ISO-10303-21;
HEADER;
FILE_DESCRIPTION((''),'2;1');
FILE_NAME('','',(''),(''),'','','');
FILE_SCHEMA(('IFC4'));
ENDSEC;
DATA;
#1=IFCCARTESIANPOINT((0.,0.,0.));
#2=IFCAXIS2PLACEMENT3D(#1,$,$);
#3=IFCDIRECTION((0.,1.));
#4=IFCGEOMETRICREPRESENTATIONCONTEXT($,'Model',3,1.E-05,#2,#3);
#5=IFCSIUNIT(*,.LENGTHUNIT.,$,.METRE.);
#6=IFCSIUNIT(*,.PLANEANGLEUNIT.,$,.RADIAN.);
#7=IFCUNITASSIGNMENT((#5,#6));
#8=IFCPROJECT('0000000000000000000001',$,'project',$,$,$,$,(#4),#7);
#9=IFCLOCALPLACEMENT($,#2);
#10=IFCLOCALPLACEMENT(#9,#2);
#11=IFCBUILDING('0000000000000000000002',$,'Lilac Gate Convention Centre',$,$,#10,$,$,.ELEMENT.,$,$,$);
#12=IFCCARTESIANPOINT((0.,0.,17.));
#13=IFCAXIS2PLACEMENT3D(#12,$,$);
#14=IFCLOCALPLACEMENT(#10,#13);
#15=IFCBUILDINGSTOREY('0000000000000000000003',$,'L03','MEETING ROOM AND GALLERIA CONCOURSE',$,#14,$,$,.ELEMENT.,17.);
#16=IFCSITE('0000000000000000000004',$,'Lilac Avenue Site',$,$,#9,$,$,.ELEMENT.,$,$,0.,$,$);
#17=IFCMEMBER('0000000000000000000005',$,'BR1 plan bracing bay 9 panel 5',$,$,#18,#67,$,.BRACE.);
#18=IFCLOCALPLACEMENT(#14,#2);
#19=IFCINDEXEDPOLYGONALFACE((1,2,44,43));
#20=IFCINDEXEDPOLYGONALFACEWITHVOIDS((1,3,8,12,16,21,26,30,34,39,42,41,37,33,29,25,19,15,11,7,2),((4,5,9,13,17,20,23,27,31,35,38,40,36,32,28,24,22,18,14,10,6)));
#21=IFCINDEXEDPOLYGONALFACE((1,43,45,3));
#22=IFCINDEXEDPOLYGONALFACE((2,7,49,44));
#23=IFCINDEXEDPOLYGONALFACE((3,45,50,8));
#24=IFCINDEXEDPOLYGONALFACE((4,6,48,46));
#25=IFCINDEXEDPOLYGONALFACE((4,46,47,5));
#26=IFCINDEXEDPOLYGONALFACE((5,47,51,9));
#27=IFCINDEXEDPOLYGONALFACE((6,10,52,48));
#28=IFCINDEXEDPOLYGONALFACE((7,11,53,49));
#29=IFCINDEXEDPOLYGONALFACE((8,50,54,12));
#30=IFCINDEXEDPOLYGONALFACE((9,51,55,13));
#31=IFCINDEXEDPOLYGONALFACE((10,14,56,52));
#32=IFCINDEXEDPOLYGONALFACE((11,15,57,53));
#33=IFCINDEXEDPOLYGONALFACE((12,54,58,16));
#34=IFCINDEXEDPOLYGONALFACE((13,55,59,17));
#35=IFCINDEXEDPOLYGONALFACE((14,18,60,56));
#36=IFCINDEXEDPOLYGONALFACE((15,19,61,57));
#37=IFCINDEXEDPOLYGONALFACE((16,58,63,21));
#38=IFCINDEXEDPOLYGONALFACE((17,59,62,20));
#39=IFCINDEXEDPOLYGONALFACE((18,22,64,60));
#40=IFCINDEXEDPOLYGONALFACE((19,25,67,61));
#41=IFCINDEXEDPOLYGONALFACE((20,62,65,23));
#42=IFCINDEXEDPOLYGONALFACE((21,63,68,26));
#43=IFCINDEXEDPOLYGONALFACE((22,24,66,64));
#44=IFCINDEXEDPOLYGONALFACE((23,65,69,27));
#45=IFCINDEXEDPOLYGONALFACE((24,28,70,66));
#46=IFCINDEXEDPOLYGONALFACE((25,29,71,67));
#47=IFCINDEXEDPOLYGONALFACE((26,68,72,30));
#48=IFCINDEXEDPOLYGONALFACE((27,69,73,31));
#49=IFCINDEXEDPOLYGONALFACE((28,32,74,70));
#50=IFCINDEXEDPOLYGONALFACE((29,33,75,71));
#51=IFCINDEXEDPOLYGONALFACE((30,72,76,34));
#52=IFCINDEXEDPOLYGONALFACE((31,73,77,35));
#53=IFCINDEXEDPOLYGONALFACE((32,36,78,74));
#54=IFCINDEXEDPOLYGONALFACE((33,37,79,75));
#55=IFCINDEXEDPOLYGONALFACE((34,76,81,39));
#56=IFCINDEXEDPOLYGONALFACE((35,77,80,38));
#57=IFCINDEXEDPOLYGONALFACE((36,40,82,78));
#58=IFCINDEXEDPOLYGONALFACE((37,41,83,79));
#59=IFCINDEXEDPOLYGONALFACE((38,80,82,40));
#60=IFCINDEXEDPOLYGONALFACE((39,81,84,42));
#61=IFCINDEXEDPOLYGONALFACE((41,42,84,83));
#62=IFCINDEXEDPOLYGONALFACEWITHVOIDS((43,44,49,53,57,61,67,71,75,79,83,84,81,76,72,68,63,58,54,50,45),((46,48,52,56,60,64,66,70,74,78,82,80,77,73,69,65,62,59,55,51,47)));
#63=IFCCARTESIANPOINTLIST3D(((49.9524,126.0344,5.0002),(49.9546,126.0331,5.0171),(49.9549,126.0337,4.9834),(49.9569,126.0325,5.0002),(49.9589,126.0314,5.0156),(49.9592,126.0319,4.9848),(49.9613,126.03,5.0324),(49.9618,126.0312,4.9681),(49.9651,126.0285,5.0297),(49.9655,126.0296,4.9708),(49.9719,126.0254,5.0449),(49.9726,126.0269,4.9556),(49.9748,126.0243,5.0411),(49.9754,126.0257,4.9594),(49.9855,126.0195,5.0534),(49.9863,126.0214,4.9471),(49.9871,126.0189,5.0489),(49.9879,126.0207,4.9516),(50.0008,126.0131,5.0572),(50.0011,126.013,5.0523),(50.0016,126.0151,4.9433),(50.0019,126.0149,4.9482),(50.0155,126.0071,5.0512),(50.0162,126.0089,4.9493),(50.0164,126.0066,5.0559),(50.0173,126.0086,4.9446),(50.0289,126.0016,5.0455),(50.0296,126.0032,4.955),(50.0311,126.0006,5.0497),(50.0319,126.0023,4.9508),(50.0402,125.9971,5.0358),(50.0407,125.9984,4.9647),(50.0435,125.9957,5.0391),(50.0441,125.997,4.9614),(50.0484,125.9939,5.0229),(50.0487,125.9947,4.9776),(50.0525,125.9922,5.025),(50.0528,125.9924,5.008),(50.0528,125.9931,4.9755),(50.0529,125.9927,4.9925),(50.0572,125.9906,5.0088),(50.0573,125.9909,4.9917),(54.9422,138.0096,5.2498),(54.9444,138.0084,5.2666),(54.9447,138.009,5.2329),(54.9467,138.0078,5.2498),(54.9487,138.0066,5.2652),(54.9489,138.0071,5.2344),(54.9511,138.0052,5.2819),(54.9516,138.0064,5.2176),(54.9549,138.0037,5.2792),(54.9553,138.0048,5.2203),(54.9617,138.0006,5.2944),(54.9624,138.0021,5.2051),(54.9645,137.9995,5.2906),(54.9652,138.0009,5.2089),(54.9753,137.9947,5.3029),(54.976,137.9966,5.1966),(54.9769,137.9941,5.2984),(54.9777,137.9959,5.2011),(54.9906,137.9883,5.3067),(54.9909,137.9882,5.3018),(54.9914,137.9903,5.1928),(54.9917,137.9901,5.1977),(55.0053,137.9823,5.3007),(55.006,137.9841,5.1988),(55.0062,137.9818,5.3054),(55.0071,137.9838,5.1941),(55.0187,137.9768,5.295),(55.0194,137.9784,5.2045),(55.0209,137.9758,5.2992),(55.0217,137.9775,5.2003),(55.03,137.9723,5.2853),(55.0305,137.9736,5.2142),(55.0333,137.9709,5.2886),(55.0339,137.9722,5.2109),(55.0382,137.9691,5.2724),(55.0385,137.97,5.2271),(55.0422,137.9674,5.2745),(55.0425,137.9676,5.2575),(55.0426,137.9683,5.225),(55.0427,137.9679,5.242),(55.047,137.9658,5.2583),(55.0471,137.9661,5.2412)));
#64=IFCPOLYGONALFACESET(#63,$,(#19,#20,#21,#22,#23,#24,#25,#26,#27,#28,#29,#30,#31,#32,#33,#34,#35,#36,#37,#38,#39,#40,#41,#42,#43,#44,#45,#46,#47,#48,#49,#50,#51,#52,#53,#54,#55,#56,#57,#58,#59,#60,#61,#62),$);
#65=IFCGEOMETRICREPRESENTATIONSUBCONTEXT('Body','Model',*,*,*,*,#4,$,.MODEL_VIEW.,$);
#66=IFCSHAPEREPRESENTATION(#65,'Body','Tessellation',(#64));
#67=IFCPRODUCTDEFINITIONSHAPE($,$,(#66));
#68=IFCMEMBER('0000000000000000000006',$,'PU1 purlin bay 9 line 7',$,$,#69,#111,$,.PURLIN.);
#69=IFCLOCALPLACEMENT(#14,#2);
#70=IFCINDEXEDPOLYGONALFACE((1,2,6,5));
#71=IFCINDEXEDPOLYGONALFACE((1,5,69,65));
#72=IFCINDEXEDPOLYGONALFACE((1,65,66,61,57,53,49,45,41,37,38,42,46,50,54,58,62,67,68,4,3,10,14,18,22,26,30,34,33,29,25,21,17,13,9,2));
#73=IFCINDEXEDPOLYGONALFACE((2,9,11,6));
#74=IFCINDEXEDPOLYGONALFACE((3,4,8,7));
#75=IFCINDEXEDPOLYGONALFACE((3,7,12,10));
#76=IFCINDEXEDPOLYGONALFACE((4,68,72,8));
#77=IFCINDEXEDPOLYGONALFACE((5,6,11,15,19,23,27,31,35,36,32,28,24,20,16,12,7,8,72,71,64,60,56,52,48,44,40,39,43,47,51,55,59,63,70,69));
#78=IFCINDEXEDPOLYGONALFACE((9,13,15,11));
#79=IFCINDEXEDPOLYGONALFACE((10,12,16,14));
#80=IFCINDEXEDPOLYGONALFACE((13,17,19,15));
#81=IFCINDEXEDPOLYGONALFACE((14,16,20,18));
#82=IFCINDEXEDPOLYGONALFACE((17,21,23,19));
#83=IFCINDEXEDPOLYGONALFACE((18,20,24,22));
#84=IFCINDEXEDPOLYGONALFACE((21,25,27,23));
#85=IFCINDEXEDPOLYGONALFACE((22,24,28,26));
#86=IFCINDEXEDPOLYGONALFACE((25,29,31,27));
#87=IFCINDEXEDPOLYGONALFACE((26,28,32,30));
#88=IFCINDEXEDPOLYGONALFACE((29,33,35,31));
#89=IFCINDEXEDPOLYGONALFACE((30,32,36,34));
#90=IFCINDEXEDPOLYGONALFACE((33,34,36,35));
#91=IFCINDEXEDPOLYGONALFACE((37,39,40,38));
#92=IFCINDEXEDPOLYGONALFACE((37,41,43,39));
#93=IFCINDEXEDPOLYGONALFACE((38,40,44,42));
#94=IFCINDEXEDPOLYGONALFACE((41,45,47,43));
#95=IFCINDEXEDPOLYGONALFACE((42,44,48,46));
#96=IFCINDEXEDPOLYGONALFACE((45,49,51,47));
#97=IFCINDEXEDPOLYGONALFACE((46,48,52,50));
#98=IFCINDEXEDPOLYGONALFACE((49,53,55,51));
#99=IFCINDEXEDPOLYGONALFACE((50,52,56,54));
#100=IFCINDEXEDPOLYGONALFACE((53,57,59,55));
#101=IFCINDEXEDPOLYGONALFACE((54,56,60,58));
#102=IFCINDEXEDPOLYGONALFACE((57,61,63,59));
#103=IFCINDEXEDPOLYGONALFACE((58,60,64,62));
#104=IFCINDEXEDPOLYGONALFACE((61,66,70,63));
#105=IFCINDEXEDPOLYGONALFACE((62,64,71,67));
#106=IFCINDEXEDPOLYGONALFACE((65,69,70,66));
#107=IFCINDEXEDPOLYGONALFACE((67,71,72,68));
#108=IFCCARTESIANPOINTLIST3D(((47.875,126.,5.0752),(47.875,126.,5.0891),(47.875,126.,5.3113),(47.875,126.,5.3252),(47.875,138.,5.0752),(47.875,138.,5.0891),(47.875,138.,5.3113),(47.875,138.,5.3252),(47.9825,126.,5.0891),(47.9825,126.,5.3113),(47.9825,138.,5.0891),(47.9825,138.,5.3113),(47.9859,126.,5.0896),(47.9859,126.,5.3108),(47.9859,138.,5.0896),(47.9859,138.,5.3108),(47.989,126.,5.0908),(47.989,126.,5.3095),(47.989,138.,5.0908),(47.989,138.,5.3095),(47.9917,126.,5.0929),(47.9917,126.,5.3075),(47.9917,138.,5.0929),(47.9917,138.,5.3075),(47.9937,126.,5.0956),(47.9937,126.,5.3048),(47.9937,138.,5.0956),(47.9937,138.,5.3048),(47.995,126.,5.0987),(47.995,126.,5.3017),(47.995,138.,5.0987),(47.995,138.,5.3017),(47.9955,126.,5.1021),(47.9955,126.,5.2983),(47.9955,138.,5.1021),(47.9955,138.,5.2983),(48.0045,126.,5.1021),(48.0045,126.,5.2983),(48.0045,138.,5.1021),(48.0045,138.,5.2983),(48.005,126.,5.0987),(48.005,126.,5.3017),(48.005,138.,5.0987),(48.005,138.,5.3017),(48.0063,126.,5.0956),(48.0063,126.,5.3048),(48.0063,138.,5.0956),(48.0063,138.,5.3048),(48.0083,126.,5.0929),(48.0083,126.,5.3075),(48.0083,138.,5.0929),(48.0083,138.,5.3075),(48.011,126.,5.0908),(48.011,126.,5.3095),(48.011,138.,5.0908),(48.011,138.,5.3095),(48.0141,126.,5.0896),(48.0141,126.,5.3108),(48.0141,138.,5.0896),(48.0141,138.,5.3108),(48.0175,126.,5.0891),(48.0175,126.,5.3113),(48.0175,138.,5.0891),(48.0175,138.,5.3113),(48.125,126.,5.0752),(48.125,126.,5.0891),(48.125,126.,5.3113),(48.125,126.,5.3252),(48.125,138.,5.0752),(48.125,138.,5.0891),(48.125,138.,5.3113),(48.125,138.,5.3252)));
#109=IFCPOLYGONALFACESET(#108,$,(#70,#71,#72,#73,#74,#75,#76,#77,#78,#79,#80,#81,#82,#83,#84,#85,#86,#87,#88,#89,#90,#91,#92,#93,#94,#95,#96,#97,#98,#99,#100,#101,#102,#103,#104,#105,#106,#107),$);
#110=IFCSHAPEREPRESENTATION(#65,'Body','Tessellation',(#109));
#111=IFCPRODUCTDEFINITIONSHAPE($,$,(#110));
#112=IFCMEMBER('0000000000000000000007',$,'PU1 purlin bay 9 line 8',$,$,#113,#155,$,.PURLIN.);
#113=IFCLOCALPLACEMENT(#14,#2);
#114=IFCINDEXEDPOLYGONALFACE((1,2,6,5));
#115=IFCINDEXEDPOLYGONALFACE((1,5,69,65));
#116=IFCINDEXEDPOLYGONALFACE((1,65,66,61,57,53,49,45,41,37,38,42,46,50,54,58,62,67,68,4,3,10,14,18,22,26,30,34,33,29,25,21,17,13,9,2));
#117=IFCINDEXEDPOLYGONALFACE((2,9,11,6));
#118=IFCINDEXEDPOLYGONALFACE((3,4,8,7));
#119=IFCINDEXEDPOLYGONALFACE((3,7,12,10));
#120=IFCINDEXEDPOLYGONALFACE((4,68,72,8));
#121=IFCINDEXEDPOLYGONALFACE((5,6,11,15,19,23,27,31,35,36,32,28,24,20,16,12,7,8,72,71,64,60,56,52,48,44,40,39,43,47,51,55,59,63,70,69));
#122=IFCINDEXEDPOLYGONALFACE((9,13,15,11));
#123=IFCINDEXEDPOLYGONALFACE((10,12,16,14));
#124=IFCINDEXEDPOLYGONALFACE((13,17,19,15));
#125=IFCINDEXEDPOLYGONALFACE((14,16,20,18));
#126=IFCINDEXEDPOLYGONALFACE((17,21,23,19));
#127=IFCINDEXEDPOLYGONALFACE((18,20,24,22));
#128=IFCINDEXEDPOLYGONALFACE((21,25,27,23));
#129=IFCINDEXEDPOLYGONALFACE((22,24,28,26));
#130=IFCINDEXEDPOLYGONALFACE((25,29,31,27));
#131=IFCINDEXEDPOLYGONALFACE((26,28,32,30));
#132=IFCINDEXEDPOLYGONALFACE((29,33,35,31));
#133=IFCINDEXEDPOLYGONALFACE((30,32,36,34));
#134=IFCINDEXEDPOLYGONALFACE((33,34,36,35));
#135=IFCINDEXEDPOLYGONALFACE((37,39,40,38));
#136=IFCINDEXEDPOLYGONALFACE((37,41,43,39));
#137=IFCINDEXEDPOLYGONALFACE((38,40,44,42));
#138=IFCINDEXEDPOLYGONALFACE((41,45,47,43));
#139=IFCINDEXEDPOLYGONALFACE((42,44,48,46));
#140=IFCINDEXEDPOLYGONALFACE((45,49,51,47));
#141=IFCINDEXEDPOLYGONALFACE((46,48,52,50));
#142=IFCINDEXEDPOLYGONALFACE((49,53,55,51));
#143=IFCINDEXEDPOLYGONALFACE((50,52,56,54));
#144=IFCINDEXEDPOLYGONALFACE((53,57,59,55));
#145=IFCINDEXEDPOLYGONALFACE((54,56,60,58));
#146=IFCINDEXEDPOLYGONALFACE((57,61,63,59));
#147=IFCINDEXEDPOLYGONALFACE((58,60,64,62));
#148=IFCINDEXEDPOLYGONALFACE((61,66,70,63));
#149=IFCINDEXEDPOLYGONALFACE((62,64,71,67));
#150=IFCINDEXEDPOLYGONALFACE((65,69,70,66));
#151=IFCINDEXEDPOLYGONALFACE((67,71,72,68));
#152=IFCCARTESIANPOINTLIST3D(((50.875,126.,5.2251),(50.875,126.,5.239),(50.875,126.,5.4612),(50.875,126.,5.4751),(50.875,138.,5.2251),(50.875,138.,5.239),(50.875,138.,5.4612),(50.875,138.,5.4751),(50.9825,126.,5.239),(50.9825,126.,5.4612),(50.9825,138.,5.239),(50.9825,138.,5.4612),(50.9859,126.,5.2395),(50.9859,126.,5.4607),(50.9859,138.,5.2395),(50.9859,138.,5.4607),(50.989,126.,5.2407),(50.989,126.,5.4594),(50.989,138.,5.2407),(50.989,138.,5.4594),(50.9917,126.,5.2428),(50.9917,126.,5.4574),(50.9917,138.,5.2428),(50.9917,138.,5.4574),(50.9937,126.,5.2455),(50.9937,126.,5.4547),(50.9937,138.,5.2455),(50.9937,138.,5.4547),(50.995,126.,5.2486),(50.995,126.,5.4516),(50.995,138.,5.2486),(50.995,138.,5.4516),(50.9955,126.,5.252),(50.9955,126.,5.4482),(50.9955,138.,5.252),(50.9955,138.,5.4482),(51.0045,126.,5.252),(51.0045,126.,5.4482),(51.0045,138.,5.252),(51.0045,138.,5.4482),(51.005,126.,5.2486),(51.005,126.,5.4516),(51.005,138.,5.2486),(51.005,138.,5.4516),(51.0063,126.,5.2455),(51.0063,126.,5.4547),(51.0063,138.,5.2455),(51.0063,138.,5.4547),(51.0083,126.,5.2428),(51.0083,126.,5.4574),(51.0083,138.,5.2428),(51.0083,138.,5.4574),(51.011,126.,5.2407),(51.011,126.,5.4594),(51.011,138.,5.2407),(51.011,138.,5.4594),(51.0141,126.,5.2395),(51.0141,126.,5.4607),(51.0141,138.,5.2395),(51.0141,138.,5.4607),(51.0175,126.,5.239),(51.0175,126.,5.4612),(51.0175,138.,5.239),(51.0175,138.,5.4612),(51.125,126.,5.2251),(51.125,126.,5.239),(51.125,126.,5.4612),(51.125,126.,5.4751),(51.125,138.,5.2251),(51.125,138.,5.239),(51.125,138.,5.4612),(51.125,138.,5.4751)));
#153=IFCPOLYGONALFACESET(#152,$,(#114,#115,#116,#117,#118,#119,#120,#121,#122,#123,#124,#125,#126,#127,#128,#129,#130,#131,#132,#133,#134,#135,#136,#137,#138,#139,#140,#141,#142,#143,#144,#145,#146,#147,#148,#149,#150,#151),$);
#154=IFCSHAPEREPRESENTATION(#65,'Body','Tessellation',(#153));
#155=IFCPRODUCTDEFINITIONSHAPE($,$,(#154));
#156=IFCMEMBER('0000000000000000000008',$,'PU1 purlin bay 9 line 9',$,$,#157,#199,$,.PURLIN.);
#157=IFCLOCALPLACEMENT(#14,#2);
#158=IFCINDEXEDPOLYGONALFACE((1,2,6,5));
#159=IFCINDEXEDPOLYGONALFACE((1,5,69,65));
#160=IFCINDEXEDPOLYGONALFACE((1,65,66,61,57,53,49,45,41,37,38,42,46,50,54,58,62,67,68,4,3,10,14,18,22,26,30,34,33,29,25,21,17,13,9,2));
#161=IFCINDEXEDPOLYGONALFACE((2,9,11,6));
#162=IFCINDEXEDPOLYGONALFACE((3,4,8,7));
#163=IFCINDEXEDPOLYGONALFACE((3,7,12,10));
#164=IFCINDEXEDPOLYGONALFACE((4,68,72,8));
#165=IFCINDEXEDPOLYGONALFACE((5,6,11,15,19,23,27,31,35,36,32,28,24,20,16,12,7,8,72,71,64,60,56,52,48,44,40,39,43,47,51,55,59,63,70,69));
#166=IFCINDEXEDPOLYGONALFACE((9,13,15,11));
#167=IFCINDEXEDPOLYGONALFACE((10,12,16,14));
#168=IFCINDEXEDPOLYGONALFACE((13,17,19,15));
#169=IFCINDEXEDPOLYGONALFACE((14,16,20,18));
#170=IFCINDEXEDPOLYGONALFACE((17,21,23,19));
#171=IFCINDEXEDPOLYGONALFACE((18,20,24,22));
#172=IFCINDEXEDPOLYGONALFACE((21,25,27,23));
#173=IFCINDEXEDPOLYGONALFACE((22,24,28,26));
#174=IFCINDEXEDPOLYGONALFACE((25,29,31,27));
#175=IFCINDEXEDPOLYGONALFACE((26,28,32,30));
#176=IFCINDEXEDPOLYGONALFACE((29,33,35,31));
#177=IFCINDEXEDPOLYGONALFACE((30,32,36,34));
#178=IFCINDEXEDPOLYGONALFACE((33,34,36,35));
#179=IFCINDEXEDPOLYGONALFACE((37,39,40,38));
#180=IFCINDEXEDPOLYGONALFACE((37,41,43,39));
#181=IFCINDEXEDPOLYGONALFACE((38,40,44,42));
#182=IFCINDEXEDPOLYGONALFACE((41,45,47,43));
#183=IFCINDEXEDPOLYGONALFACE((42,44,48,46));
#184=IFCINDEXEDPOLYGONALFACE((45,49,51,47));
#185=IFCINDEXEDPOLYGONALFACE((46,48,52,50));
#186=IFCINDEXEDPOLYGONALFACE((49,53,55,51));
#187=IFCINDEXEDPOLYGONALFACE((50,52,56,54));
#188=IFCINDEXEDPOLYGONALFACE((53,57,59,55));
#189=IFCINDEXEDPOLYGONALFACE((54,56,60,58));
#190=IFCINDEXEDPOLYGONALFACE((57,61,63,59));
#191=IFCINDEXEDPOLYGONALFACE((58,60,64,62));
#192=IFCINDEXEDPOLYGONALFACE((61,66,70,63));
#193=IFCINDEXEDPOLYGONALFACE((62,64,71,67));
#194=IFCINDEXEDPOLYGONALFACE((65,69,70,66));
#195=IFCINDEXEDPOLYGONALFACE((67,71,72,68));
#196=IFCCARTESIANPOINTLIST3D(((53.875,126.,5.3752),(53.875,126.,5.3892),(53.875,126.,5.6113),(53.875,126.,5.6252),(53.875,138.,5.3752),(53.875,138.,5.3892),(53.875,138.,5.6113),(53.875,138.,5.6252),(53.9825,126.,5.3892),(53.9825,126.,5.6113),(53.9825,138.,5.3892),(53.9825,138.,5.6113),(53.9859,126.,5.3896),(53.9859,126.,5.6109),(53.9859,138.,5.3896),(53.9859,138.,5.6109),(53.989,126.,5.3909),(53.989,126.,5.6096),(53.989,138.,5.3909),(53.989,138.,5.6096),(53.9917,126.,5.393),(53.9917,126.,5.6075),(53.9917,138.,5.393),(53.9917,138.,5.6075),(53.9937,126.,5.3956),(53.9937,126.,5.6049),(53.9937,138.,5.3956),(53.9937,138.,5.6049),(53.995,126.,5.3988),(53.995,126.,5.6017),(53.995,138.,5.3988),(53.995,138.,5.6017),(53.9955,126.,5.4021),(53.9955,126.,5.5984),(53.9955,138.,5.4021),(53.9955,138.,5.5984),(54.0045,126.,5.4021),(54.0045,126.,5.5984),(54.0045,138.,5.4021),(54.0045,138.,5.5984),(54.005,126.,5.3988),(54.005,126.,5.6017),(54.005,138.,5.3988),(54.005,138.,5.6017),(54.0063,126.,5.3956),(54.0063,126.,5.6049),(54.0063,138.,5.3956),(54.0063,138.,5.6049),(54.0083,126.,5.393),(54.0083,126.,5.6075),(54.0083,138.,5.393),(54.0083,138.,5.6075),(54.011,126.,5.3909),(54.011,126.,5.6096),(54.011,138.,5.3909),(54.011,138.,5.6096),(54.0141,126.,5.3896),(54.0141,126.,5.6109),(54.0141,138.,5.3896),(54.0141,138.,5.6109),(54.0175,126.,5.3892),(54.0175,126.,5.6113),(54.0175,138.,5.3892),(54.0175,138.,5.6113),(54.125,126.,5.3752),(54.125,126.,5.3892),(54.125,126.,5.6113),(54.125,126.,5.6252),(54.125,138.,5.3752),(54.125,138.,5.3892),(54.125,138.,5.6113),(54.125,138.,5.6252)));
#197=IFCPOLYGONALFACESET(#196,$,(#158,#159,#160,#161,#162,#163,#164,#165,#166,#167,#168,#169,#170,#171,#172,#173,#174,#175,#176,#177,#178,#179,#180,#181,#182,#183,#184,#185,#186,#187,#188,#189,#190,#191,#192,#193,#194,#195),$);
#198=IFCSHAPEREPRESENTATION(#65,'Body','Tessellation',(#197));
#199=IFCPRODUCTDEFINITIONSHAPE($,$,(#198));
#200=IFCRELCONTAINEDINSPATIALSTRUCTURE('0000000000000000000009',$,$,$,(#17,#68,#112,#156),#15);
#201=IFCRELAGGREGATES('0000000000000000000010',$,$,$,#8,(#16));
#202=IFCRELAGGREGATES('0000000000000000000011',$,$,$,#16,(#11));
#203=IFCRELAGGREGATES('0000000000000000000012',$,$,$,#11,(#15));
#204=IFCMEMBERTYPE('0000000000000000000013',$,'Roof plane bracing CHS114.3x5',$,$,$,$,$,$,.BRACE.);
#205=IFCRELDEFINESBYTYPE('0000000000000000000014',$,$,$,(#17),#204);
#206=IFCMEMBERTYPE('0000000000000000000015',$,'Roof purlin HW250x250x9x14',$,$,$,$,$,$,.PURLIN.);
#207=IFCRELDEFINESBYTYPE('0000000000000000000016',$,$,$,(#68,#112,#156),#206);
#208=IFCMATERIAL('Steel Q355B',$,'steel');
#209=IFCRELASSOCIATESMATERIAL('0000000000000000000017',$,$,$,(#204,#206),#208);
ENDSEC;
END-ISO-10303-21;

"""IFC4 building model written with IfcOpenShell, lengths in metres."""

from ifc_helpers import new_model, si_unit, direction, frame, origin, origin_2d, place, context, subcontext, project, spatial, hollow_circle, i_section, extrude, material, material_profile, profile_set, type_object, element, save


model = new_model("IFC4")

# Units and contexts
model_context = context("Model", 3, precision=1e-05, world=origin(), true_north=direction((0.0, 1.0)))
body_context = subcontext(model_context, "Body", "Model", "MODEL_VIEW")
ifc_project = project(units=[si_unit("LENGTHUNIT", "METRE"), si_unit("PLANEANGLEUNIT", "RADIAN")], contexts=[model_context])

# Site, building, storey
site_placement = place(None, origin())
site = spatial("IfcSite", under=ifc_project, at=site_placement, Name="Lilac Avenue Site", CompositionType="ELEMENT", RefElevation=0.0)
building_placement = place(site_placement, origin())
building = spatial("IfcBuilding", under=site, at=building_placement, Name="Lilac Gate Convention Centre", CompositionType="ELEMENT")
storey_placement = place(building_placement, frame((0.0, 0.0, 17.0)))
storey = spatial("IfcBuildingStorey", under=building, at=storey_placement, Name="L03", Description="MEETING ROOM AND GALLERIA CONCOURSE", CompositionType="ELEMENT", Elevation=17.0)

# Members
ifc_material = material(Name="Steel Q355B", Category="steel")
ifc_material_profile_1 = material_profile(ifc_material, hollow_circle(Radius=0.0571, WallThickness=0.0049, at=origin_2d()), Name="CHS114.3x5")
ifc_profile_set_1 = profile_set([ifc_material_profile_1], Name="Steel Q355B")
member_type_1 = type_object("IfcMemberType", Name="Roof plane bracing CHS114.3x5", PredefinedType="BRACE", material=ifc_profile_set_1)
for number, where, z_axis, x_axis, name in (
    (1, (50.0051, 126.0125, 5.0002), (0.384552, 0.922903, 0.019229), (-0.923074, 0.384623, 0.0), "BR1 plan bracing bay 9 panel 5"),
):
    element("IfcMember", number, at=place(storey_placement, frame(where, z_axis=z_axis, x_axis=x_axis)), inside=storey, type_object=member_type_1, Name=name, PredefinedType="BRACE", context=body_context, shape_type="SweptSolid", body=[
        extrude(hollow_circle(Radius=0.0571, WallThickness=0.0049, at=origin_2d()), origin(), (0.0, 0.0, 1.0), 12.9756),
    ])
ifc_material_profile_2 = material_profile(ifc_material, i_section(OverallWidth=0.25, OverallDepth=0.25, WebThickness=0.009, FlangeThickness=0.0139, FilletRadius=0.0129, at=origin_2d()), Name="HW250x250x9x14")
ifc_profile_set_2 = profile_set([ifc_material_profile_2], Name="Steel Q355B")
member_type_2 = type_object("IfcMemberType", Name="Roof purlin HW250x250x9x14", PredefinedType="PURLIN", material=ifc_profile_set_2)
for number, where, z_axis, x_axis, name in (
    (2, (48.0, 126.0, 5.2002), (0.0, 1.0, 0.0), (-1.0, 0.0, 0.0), "PU1 purlin bay 9 line 7"),
    (3, (51.0, 126.0, 5.3501), (0.0, 1.0, 0.0), (-1.0, 0.0, 0.0), "PU1 purlin bay 9 line 8"),
    (4, (54.0, 126.0, 5.5002), (0.0, 1.0, 0.0), (-1.0, 0.0, 0.0), "PU1 purlin bay 9 line 9"),
):
    element("IfcMember", number, at=place(storey_placement, frame(where, z_axis=z_axis, x_axis=x_axis)), inside=storey, type_object=member_type_2, Name=name, PredefinedType="PURLIN", context=body_context, shape_type="SweptSolid", body=[
        extrude(i_section(OverallWidth=0.25, OverallDepth=0.25, WebThickness=0.009, FlangeThickness=0.0139, FilletRadius=0.0129, at=origin_2d()), origin(), (0.0, 0.0, 1.0), 12.0),
    ])

save(model, "model.ifc")
